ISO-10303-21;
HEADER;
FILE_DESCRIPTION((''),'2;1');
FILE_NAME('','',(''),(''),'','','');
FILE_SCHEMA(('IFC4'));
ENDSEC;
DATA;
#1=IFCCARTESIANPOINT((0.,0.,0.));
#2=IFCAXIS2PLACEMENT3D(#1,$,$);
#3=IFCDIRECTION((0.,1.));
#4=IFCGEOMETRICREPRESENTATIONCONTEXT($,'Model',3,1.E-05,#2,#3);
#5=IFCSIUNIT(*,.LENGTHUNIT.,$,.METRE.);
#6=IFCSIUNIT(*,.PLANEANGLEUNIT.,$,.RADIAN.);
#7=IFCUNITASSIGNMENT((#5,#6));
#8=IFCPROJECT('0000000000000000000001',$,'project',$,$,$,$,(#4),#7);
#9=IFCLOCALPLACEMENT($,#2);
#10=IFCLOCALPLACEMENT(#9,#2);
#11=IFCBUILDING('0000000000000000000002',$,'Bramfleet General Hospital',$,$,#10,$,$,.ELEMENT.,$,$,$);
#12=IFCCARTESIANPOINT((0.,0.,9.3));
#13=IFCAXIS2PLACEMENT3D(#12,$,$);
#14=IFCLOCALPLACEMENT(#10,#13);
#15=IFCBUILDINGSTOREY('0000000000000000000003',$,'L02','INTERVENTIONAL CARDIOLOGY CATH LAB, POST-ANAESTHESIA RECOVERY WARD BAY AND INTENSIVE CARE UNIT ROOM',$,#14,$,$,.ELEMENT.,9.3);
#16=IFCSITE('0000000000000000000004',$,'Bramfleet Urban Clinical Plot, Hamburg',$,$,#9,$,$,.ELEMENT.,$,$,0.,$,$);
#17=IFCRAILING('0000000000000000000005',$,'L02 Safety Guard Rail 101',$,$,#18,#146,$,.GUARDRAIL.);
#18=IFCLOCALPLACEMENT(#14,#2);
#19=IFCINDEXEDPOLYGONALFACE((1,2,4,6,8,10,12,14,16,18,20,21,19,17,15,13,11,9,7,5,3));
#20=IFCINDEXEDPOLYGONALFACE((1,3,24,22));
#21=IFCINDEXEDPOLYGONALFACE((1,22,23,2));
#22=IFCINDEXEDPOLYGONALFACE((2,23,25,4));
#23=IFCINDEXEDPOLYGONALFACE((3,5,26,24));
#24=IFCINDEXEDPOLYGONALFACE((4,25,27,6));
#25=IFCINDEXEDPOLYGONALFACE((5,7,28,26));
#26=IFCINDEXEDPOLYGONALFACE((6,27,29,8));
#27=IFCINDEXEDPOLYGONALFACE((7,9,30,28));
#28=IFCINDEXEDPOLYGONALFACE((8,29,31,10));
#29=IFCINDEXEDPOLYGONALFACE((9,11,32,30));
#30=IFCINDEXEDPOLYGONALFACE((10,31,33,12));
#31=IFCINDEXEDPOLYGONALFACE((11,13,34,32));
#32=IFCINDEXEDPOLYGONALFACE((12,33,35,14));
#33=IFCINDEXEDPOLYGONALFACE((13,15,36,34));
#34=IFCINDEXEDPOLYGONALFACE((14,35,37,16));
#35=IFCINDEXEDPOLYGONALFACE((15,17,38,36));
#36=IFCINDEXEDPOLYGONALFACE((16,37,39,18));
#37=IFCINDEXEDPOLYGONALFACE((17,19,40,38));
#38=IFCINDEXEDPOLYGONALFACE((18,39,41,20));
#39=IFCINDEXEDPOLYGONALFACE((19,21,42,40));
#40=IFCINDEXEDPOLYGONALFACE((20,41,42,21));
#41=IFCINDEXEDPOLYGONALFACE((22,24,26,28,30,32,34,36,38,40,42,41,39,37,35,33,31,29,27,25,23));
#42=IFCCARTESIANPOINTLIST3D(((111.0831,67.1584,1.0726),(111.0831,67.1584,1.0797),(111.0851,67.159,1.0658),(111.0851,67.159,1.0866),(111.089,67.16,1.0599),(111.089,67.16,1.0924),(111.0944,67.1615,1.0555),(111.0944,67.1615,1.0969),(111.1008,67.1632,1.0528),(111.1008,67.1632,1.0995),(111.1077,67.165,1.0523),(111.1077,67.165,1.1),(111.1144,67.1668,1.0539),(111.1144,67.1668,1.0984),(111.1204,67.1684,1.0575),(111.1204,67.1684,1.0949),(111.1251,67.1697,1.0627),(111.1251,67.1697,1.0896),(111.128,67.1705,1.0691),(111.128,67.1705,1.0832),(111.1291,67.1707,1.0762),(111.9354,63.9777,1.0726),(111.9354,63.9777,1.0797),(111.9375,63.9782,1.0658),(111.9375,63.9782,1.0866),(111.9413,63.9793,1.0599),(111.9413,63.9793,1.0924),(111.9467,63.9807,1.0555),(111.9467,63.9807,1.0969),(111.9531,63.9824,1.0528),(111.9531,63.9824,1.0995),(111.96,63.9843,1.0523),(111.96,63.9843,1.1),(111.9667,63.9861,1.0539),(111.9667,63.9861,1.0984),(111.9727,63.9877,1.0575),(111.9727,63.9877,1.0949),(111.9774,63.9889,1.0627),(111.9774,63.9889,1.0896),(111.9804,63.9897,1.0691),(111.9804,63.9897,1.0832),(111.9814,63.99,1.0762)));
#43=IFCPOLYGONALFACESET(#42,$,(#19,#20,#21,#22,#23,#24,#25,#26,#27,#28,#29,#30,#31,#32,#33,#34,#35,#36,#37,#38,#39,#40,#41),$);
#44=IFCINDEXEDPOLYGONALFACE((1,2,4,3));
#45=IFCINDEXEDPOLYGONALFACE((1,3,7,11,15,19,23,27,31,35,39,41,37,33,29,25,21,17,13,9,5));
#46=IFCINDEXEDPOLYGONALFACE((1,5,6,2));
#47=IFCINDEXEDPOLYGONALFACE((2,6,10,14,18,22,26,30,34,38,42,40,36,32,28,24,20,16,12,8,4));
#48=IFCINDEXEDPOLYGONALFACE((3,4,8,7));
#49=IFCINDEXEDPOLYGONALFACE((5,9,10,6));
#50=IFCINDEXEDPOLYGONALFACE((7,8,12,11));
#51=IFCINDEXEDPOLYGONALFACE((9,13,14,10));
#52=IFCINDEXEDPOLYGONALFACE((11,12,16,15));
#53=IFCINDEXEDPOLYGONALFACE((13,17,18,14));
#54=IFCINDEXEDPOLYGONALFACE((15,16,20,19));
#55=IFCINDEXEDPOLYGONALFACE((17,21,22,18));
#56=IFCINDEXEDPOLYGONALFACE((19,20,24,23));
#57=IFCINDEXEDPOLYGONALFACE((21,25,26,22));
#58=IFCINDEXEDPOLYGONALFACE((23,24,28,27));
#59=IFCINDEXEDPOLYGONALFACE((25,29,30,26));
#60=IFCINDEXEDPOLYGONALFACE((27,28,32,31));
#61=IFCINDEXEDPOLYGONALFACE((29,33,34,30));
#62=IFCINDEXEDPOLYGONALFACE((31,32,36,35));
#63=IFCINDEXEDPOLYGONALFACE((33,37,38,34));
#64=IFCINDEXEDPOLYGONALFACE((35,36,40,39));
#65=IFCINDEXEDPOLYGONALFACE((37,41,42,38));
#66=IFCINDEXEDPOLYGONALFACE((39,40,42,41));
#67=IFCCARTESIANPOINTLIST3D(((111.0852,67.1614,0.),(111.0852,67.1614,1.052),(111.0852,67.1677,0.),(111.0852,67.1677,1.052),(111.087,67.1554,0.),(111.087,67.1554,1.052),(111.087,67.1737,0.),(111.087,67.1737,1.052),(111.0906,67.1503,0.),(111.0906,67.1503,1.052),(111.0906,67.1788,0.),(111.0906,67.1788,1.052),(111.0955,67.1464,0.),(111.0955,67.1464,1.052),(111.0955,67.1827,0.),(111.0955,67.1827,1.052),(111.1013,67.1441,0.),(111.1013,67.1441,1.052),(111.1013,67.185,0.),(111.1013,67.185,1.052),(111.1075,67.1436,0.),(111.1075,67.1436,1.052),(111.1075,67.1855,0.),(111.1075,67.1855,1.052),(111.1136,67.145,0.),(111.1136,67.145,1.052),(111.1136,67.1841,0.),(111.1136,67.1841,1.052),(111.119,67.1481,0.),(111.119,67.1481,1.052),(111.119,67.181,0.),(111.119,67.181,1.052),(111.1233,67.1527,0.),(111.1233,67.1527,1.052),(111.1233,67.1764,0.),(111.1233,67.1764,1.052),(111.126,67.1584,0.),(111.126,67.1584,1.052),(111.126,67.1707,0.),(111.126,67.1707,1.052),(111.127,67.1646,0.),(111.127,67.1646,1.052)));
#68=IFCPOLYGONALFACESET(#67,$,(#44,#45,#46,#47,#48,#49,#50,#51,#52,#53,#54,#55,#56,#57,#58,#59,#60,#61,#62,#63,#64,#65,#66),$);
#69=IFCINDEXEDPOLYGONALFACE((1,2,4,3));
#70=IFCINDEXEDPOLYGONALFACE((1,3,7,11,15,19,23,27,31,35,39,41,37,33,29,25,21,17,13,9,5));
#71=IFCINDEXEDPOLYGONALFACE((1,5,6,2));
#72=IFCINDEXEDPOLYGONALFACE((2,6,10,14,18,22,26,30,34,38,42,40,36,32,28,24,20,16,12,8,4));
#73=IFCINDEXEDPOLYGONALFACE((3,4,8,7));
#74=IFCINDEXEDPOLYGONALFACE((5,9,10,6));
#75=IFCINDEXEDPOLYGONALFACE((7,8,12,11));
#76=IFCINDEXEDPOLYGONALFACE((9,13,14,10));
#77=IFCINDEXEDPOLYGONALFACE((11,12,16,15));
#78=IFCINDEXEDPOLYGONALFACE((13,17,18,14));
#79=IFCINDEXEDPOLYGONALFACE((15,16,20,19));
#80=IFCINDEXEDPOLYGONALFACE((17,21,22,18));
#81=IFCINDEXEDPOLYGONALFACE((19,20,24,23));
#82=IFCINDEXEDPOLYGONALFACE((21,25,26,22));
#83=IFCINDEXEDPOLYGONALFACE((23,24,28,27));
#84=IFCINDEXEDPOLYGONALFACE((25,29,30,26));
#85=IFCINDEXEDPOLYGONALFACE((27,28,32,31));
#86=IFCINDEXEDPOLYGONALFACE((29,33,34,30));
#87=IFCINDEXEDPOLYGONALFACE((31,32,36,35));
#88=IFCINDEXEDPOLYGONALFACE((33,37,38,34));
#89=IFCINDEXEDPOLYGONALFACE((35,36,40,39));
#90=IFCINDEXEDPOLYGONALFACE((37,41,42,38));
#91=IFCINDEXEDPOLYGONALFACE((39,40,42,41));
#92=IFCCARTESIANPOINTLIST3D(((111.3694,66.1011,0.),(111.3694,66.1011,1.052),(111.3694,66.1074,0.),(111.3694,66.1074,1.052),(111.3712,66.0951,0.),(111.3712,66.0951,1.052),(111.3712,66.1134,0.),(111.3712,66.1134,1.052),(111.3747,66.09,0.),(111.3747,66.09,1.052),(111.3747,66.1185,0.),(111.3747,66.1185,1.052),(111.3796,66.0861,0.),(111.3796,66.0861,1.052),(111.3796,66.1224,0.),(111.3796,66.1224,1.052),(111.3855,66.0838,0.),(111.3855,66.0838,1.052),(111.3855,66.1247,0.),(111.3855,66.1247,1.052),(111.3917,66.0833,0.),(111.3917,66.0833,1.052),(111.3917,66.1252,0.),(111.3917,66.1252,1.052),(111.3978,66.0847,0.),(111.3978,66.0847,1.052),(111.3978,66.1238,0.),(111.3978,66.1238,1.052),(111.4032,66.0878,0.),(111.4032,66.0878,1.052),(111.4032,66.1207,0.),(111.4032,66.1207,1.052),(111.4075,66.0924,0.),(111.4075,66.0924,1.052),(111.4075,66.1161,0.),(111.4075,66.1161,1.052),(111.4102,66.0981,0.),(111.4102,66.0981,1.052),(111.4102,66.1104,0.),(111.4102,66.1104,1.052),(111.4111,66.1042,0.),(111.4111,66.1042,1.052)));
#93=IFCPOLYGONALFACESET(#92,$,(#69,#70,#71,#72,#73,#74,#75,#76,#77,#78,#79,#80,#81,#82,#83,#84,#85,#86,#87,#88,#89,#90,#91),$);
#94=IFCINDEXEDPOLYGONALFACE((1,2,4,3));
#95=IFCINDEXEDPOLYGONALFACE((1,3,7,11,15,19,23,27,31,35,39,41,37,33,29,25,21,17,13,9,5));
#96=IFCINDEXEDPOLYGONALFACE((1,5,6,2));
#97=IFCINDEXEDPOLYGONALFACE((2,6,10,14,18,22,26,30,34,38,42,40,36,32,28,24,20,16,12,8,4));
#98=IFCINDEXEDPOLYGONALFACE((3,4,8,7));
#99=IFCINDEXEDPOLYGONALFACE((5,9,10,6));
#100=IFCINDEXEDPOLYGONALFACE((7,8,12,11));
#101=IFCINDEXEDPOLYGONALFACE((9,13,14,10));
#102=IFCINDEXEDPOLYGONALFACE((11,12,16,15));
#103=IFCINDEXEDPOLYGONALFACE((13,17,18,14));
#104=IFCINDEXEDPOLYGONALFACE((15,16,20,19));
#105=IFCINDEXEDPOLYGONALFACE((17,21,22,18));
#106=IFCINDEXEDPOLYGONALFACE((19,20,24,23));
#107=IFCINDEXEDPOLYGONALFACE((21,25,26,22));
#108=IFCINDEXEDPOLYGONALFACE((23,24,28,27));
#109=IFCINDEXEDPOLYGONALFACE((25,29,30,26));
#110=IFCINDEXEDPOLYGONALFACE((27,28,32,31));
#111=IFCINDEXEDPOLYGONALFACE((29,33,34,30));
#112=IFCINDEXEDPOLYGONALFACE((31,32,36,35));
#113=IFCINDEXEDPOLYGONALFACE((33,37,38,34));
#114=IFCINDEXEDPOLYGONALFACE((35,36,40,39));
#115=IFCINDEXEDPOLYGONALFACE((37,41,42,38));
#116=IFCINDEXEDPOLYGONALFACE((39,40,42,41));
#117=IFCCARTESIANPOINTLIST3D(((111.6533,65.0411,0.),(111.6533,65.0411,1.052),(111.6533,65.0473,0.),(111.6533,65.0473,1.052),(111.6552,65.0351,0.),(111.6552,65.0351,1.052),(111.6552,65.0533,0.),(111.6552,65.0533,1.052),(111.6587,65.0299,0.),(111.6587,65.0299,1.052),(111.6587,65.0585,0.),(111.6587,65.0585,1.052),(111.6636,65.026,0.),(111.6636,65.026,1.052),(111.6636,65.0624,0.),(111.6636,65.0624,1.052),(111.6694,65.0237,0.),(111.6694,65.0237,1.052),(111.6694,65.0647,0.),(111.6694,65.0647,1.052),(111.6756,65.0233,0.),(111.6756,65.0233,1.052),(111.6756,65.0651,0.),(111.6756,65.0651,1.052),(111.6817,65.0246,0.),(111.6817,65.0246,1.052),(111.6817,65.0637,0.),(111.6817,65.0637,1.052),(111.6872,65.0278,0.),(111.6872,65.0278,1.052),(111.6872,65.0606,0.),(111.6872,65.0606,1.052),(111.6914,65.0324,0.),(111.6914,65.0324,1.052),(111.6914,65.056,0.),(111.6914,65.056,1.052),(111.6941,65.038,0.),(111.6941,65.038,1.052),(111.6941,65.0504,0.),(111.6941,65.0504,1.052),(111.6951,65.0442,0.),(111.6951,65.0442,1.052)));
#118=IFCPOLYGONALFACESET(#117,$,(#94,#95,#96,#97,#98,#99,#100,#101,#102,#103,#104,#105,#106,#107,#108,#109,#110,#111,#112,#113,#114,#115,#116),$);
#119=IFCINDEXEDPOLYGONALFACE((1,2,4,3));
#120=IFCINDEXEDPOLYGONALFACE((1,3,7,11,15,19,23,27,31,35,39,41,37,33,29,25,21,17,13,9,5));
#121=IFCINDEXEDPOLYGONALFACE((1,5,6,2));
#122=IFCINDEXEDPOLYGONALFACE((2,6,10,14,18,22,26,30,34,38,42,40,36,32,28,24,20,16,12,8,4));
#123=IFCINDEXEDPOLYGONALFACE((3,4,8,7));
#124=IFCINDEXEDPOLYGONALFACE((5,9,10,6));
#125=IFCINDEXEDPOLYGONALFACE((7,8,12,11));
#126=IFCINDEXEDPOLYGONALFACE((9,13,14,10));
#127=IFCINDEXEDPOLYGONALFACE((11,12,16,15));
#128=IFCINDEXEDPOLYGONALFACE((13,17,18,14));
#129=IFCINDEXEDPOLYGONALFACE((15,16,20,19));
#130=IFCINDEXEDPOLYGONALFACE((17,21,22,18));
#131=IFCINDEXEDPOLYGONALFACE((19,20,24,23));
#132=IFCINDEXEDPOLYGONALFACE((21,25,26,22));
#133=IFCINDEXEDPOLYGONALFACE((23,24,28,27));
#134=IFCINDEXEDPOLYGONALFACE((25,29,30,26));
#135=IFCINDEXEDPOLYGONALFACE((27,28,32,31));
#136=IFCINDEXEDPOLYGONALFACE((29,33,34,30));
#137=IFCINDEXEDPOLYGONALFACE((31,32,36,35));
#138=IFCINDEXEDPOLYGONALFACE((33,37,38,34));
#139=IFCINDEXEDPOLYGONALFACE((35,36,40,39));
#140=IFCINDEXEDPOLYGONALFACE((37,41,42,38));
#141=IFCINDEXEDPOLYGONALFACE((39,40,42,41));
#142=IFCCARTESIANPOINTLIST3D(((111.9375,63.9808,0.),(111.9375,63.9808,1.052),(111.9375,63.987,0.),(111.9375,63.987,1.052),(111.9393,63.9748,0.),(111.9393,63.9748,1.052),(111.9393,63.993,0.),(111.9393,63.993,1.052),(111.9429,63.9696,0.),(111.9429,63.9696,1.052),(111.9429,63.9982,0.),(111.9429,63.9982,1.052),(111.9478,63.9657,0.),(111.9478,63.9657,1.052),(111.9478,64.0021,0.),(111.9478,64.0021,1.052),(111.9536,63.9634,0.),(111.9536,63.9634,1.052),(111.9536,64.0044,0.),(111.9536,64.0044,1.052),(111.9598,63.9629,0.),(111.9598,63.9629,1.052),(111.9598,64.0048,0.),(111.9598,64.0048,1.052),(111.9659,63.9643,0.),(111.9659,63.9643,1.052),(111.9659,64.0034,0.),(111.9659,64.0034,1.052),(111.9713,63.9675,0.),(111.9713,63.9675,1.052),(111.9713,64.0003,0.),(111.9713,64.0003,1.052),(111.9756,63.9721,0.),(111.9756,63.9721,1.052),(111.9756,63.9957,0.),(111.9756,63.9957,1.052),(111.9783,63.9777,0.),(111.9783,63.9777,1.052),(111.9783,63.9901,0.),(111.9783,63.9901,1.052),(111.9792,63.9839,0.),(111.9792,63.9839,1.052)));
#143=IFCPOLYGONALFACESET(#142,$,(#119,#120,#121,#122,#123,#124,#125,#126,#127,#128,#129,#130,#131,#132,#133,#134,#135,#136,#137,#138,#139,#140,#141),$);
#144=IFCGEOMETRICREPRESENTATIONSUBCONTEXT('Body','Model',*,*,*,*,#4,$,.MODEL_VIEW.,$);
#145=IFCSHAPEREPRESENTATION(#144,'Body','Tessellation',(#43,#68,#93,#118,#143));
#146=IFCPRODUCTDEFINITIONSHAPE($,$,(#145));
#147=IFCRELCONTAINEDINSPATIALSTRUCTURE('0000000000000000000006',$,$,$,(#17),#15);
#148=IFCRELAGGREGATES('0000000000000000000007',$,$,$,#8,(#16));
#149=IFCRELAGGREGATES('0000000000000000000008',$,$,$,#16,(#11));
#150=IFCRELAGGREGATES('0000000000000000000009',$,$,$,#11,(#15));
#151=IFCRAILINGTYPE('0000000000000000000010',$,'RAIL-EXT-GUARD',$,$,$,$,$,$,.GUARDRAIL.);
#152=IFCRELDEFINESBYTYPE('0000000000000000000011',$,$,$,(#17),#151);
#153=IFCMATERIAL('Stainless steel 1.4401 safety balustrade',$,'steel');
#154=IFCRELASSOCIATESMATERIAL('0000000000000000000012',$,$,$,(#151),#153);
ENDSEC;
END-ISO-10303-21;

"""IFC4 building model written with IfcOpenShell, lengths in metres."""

from ifc_helpers import new_model, si_unit, direction, frame, origin, origin_2d, place, context, subcontext, project, spatial, circle, extrude, material, type_object, element, save


model = new_model("IFC4")

# Units and contexts
model_context = context("Model", 3, precision=1e-05, world=origin(), true_north=direction((0.0, 1.0)))
body_context = subcontext(model_context, "Body", "Model", "MODEL_VIEW")
ifc_project = project(units=[si_unit("LENGTHUNIT", "METRE"), si_unit("PLANEANGLEUNIT", "RADIAN")], contexts=[model_context])

# Site, building, storey
site_placement = place(None, origin())
site = spatial("IfcSite", under=ifc_project, at=site_placement, Name="Bramfleet Urban Clinical Plot, Hamburg", CompositionType="ELEMENT", RefElevation=0.0)
building_placement = place(site_placement, origin())
building = spatial("IfcBuilding", under=site, at=building_placement, Name="Bramfleet General Hospital", CompositionType="ELEMENT")
storey_placement = place(building_placement, frame((0.0, 0.0, 9.3)))
storey = spatial("IfcBuildingStorey", under=building, at=storey_placement, Name="L02", Description="INTERVENTIONAL CARDIOLOGY CATH LAB, POST-ANAESTHESIA RECOVERY WARD BAY AND INTENSIVE CARE UNIT ROOM", CompositionType="ELEMENT", Elevation=9.3)

# Railing
ifc_material_1 = material(Name="Stainless steel 1.4401 safety balustrade", Category="steel")
railing_type = type_object("IfcRailingType", Name="RAIL-EXT-GUARD", PredefinedType="GUARDRAIL", material=ifc_material_1)
railing_1_placement = place(storey_placement, frame((111.106, 67.1646, 0.0)))
element("IfcRailing", 1, at=railing_1_placement, inside=storey, type_object=railing_type, Name="L02 Safety Guard Rail 101", PredefinedType="GUARDRAIL", context=body_context, shape_type="SweptSolid", body=[
    extrude(circle(Radius=0.0239, at=origin_2d()), frame((0.0, 0.0, 1.0762), z_axis=(0.25883, -0.965923, 0.0), x_axis=(0.965923, 0.25883, 0.0)), (0.0, 0.0, 1.0), 3.293),
    extrude(circle(Radius=0.021, at=origin_2d()), origin(), (0.0, 0.0, 1.0), 1.052),
    extrude(circle(Radius=0.021, at=origin_2d()), frame((0.2842, -1.0603, 0.0)), (0.0, 0.0, 1.0), 1.052),
    extrude(circle(Radius=0.021, at=origin_2d()), frame((0.5681, -2.1204, 0.0)), (0.0, 0.0, 1.0), 1.052),
    extrude(circle(Radius=0.021, at=origin_2d()), frame((0.8523, -3.1807, 0.0)), (0.0, 0.0, 1.0), 1.052),
])

save(model, "model.ifc")
